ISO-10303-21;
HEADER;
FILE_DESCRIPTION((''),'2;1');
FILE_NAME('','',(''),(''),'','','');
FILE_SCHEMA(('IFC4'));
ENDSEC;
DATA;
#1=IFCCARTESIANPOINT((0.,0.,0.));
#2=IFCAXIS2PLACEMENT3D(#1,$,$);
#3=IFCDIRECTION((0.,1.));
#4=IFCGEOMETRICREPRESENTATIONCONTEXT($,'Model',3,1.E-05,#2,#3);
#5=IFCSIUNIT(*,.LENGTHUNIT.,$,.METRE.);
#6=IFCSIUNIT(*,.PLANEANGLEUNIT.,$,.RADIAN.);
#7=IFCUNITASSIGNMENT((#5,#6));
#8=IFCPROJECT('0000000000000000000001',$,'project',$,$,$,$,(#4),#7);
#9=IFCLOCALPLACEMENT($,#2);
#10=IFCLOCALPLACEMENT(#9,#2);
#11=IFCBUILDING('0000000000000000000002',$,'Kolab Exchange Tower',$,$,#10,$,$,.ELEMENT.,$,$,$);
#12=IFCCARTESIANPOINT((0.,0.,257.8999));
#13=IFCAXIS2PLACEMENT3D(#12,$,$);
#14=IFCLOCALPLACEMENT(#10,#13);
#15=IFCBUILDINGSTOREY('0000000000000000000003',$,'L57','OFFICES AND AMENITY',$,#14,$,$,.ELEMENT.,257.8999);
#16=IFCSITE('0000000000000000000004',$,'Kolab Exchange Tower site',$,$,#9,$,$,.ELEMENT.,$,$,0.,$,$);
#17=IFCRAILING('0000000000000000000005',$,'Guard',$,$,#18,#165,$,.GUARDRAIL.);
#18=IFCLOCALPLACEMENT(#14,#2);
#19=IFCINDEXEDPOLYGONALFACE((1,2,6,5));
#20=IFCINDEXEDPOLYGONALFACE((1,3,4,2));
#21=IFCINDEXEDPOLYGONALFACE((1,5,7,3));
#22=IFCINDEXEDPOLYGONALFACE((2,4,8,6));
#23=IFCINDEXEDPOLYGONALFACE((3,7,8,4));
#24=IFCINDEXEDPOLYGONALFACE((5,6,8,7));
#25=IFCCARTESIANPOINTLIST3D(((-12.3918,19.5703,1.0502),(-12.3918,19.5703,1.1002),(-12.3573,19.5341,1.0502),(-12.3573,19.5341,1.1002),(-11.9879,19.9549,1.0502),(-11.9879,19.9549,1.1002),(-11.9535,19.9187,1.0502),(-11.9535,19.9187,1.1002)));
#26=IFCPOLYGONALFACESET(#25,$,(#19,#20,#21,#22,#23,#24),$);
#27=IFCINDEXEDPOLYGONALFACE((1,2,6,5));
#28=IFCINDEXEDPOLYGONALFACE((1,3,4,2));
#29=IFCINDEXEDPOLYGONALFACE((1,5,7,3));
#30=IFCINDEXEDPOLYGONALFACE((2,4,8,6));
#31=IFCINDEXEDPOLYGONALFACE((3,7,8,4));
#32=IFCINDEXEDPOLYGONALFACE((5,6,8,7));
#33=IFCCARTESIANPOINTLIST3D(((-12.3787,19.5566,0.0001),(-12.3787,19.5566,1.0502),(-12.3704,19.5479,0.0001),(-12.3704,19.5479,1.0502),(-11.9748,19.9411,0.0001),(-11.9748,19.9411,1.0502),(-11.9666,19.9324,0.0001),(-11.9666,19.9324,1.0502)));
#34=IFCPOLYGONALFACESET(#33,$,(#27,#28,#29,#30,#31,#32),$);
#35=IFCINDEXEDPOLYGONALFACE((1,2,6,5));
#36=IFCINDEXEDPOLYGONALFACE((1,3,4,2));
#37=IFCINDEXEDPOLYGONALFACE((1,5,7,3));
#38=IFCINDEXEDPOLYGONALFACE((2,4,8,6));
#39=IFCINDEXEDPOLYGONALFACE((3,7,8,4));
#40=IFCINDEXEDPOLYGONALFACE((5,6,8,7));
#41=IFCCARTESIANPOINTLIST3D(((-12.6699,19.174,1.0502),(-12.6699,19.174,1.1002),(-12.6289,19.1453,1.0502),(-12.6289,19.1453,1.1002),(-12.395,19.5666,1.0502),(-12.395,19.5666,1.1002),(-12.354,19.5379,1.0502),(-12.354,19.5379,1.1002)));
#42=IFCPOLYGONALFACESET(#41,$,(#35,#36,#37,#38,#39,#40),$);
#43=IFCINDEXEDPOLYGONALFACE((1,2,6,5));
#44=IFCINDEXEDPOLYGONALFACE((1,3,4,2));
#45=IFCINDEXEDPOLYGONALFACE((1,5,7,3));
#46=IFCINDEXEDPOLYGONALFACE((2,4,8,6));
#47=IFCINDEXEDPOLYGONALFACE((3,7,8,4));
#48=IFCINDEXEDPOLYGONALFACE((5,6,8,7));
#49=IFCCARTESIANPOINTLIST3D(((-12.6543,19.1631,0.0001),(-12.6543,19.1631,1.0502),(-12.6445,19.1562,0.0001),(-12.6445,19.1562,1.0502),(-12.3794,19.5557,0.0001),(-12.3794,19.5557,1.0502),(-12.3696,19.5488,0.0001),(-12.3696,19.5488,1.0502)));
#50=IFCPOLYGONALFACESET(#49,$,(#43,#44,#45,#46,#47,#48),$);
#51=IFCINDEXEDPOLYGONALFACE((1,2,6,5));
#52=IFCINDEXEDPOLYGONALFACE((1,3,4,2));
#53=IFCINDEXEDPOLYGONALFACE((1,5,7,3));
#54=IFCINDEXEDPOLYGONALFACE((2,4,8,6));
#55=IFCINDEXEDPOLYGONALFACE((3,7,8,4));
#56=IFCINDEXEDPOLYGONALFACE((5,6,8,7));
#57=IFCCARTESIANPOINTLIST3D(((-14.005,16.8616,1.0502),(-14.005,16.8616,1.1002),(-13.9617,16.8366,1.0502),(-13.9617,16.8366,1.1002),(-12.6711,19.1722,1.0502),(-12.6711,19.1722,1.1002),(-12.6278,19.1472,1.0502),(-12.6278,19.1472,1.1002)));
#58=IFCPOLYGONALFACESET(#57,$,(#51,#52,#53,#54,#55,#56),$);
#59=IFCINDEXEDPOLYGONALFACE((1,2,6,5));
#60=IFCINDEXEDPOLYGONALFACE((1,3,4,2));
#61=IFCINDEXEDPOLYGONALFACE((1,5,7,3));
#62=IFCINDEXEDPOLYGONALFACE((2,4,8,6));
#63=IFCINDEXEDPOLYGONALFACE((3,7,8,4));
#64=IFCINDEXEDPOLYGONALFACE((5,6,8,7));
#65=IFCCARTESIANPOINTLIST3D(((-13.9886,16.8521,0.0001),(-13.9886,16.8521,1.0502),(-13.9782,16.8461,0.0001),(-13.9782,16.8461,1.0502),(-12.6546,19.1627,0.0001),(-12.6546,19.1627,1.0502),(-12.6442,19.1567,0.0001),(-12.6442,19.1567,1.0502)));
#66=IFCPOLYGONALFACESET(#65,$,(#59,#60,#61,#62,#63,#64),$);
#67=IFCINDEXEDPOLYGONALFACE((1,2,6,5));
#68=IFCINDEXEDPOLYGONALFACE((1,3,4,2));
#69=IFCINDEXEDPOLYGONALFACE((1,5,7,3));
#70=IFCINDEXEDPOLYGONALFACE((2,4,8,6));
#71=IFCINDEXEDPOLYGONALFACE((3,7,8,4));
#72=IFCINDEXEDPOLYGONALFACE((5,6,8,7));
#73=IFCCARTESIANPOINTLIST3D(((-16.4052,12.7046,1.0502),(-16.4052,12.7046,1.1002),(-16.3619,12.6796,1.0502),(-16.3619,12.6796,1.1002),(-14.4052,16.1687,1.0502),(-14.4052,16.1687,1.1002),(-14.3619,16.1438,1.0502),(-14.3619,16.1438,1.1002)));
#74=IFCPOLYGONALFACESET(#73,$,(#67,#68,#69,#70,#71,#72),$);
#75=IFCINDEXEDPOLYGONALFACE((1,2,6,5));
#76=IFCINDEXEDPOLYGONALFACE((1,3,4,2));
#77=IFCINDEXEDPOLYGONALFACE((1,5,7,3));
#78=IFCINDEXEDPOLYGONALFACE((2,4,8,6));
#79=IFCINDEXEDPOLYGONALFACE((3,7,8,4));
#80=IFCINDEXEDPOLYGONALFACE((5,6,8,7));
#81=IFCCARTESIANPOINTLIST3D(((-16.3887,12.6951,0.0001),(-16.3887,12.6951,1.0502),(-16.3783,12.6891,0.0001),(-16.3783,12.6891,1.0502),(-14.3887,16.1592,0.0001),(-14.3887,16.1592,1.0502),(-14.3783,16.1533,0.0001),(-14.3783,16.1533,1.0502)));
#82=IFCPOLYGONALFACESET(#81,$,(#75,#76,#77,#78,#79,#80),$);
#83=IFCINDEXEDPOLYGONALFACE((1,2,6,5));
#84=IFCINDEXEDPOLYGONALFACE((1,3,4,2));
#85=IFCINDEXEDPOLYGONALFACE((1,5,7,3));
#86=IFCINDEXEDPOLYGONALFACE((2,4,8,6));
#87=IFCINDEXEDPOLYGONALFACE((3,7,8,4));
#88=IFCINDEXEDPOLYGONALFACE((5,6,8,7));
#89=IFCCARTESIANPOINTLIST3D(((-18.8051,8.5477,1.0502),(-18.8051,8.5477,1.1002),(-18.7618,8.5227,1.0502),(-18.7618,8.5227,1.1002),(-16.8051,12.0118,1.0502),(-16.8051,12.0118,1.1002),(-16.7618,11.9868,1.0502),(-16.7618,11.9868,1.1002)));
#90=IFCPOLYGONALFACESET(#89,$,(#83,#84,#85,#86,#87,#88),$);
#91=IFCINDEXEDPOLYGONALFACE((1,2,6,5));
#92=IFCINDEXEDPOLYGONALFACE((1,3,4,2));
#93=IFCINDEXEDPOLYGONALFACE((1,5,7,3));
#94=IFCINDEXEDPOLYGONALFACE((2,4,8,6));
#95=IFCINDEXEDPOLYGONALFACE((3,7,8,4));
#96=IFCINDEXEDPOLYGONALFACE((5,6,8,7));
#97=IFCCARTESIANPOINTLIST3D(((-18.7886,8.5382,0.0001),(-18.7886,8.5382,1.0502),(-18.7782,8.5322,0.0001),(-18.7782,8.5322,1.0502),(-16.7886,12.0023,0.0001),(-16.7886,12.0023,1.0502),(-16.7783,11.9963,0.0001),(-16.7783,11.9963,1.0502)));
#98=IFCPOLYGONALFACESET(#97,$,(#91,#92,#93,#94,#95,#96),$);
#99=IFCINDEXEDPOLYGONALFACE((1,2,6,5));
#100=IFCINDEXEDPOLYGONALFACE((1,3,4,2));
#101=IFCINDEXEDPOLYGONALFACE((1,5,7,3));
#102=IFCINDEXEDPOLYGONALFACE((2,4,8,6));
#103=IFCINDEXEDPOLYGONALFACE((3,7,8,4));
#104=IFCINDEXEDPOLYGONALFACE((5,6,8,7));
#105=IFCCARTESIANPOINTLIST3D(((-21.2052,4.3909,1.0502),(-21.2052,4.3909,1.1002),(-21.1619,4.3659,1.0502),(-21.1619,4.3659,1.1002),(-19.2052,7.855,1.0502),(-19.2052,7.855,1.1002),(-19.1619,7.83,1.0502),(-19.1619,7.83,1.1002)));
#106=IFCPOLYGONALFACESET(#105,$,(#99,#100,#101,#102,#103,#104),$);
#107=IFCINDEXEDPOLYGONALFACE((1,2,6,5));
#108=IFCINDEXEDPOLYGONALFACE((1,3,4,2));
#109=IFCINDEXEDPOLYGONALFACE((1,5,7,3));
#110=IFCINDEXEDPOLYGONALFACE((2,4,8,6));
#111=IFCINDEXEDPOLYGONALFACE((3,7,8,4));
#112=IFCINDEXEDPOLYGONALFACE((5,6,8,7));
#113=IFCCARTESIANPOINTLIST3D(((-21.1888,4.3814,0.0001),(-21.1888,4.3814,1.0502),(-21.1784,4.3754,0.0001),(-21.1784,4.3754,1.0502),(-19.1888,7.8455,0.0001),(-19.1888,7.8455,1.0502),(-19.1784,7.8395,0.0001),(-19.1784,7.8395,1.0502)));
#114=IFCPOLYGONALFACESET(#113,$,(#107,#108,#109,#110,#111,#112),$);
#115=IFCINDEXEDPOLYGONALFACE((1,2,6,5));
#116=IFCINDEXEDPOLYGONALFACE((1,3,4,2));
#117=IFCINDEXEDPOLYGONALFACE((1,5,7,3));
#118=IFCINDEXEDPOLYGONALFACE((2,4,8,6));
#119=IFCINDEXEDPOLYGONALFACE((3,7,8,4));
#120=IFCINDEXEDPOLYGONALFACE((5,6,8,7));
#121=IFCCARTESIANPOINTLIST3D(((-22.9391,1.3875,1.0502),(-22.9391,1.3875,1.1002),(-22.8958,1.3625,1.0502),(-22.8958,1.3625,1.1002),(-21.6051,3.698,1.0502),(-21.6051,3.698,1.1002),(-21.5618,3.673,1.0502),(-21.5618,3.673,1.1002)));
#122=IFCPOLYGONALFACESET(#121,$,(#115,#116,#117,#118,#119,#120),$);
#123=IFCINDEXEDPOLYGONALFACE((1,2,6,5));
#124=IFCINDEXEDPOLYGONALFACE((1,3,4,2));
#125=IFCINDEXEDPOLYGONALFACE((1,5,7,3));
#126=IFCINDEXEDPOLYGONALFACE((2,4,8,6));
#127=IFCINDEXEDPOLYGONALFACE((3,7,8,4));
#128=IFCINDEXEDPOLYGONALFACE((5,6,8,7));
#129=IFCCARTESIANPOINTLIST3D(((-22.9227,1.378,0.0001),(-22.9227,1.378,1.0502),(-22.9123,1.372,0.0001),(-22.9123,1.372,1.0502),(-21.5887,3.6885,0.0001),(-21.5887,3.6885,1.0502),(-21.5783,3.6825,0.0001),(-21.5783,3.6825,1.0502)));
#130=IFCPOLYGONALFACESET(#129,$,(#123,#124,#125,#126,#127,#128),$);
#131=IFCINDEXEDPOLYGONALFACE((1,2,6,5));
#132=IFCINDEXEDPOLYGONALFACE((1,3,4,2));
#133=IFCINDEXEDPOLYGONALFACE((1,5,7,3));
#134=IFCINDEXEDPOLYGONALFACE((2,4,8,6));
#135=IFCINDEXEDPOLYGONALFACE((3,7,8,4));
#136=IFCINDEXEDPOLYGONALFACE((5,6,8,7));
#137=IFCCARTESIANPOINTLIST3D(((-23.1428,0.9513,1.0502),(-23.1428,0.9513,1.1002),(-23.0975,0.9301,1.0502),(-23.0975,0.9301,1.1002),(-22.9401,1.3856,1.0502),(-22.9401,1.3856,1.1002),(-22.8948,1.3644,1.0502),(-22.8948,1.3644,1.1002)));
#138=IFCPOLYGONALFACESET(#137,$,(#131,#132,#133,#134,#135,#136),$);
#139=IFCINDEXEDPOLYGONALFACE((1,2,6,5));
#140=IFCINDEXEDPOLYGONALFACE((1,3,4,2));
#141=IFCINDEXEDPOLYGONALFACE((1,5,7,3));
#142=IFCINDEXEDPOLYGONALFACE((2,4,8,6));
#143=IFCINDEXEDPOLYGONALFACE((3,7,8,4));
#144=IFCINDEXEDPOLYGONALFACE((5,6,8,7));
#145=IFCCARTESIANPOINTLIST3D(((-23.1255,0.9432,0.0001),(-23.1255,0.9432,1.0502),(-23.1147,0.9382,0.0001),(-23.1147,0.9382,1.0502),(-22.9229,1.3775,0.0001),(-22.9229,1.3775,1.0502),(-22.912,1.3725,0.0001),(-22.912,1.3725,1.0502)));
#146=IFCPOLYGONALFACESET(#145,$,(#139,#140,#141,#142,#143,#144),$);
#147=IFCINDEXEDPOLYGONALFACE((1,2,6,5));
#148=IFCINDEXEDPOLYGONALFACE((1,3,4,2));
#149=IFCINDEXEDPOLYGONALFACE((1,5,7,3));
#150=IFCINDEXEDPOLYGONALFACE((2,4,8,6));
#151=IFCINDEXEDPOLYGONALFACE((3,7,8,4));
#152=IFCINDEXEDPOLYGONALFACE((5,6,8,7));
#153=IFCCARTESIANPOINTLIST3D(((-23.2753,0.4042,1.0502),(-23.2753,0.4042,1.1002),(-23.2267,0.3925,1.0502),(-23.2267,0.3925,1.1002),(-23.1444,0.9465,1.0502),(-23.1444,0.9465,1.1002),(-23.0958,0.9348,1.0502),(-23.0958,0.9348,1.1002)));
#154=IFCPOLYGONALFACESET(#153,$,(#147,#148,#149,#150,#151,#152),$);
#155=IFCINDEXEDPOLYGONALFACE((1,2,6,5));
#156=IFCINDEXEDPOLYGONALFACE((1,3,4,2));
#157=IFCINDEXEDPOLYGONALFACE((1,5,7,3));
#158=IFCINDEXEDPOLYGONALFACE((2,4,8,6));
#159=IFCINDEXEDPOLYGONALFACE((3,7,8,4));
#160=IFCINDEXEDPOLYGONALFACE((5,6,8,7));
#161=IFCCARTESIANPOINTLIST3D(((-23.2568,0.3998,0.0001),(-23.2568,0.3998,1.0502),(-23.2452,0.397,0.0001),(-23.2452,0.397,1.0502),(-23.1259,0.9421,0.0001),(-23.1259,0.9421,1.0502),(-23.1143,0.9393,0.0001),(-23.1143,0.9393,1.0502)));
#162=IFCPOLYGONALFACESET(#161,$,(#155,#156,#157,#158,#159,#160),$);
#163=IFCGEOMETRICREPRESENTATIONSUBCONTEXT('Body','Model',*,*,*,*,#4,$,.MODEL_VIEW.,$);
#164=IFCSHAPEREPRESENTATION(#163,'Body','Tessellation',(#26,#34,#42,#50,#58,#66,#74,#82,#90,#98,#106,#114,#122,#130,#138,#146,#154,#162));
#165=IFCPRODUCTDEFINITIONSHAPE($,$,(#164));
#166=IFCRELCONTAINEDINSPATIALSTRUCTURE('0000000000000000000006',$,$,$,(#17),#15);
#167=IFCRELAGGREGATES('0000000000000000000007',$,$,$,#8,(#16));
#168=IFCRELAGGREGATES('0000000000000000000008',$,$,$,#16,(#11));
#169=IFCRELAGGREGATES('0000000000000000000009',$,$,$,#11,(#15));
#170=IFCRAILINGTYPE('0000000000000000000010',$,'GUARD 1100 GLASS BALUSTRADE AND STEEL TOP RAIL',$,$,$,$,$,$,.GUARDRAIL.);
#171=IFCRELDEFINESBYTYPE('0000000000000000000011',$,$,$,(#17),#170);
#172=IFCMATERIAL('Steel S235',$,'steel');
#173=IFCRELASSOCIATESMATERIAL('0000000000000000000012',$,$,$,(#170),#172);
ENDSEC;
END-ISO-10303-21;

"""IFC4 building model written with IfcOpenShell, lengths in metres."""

from ifc_helpers import new_model, si_unit, direction, frame, frame_2d, origin, origin_2d, place, context, subcontext, project, spatial, rectangle, extrude, material, type_object, element, save


model = new_model("IFC4")

# Units and contexts
model_context = context("Model", 3, precision=1e-05, world=origin(), true_north=direction((0.0, 1.0)))
body_context = subcontext(model_context, "Body", "Model", "MODEL_VIEW")
ifc_project = project(units=[si_unit("LENGTHUNIT", "METRE"), si_unit("PLANEANGLEUNIT", "RADIAN")], contexts=[model_context])

# Site, building, storey
site_placement = place(None, origin())
site = spatial("IfcSite", under=ifc_project, at=site_placement, Name="Kolab Exchange Tower site", CompositionType="ELEMENT", RefElevation=0.0)
building_placement = place(site_placement, origin())
building = spatial("IfcBuilding", under=site, at=building_placement, Name="Kolab Exchange Tower", CompositionType="ELEMENT")
storey_placement = place(building_placement, frame((0.0, 0.0, 257.8999)))
storey = spatial("IfcBuildingStorey", under=building, at=storey_placement, Name="L57", Description="OFFICES AND AMENITY", CompositionType="ELEMENT", Elevation=257.8999)

# Shared definitions
ifc_material_1 = material(Name="Steel S235", Category="steel")

# Railing
railing_type = type_object("IfcRailingType", Name="GUARD 1100 GLASS BALUSTRADE AND STEEL TOP RAIL", PredefinedType="GUARDRAIL", material=ifc_material_1)
railing_placement = place(storey_placement, frame((-11.9707, 19.9368, 0.0)))
element("IfcRailing", 1, at=railing_placement, inside=storey, type_object=railing_type, Name="Guard", PredefinedType="GUARDRAIL", context=body_context, shape_type="SweptSolid", body=[
    extrude(rectangle(XDim=0.05, YDim=0.05, at=origin_2d()), frame((0.0, 0.0, 1.0752), z_axis=(-0.72419, -0.689601, 0.0), x_axis=(0.689601, -0.72419, 0.0)), (0.0, 0.0, 1.0), 0.5576),
    extrude(rectangle(XDim=0.012, YDim=1.0501, at=frame_2d((0.0, 0.5251))), frame((0.0, 0.0, 0.0), z_axis=(-0.72419, -0.689601, 0.0), x_axis=(0.689601, -0.72419, 0.0)), (0.0, 0.0, 1.0), 0.5576),
    extrude(rectangle(XDim=0.05, YDim=0.05, at=origin_2d()), frame((-0.4038, -0.3845, 1.0752), z_axis=(-0.573599, -0.819136, 0.0), x_axis=(0.819136, -0.573599, 0.0)), (0.0, 0.0, 1.0), 0.4792),
    extrude(rectangle(XDim=0.012, YDim=1.0501, at=frame_2d((0.0, 0.5251))), frame((-0.4038, -0.3845, 0.0), z_axis=(-0.573599, -0.819136, 0.0), x_axis=(0.819136, -0.573599, 0.0)), (0.0, 0.0, 1.0), 0.4792),
    extrude(rectangle(XDim=0.05, YDim=0.05, at=origin_2d()), frame((-0.6787, -0.7771, 1.0752), z_axis=(-0.499997, -0.866027, 0.0), x_axis=(0.866027, -0.499997, 0.0)), (0.0, 0.0, 1.0), 2.668),
    extrude(rectangle(XDim=0.012, YDim=1.0501, at=frame_2d((0.0, 0.5251))), frame((-0.6787, -0.7771, 0.0), z_axis=(-0.499997, -0.866027, 0.0), x_axis=(0.866027, -0.499997, 0.0)), (0.0, 0.0, 1.0), 2.668),
    extrude(rectangle(XDim=0.05, YDim=0.05, at=origin_2d()), frame((-2.4128, -3.7805, 1.0752), z_axis=(-0.499999, -0.866026, 0.0), x_axis=(0.866026, -0.499999, 0.0)), (0.0, 0.0, 1.0), 4.0),
    extrude(rectangle(XDim=0.012, YDim=1.0501, at=frame_2d((0.0, 0.5251))), frame((-2.4128, -3.7805, 0.0), z_axis=(-0.499999, -0.866026, 0.0), x_axis=(0.866026, -0.499999, 0.0)), (0.0, 0.0, 1.0), 4.0),
    extrude(rectangle(XDim=0.05, YDim=0.05, at=origin_2d()), frame((-4.8127, -7.9375, 1.0752), z_axis=(-0.499999, -0.866026, 0.0), x_axis=(0.866026, -0.499999, 0.0)), (0.0, 0.0, 1.0), 4.0),
    extrude(rectangle(XDim=0.012, YDim=1.0501, at=frame_2d((0.0, 0.5251))), frame((-4.8127, -7.9375, 0.0), z_axis=(-0.499999, -0.866026, 0.0), x_axis=(0.866026, -0.499999, 0.0)), (0.0, 0.0, 1.0), 4.0),
    extrude(rectangle(XDim=0.05, YDim=0.05, at=origin_2d()), frame((-7.2129, -12.0942, 1.0752), z_axis=(-0.499999, -0.866026, 0.0), x_axis=(0.866026, -0.499999, 0.0)), (0.0, 0.0, 1.0), 4.0),
    extrude(rectangle(XDim=0.012, YDim=1.0501, at=frame_2d((0.0, 0.5251))), frame((-7.2129, -12.0942, 0.0), z_axis=(-0.499999, -0.866026, 0.0), x_axis=(0.866026, -0.499999, 0.0)), (0.0, 0.0, 1.0), 4.0),
    extrude(rectangle(XDim=0.05, YDim=0.05, at=origin_2d()), frame((-9.6128, -16.2512, 1.0752), z_axis=(-0.499997, -0.866027, 0.0), x_axis=(0.866027, -0.499997, 0.0)), (0.0, 0.0, 1.0), 2.668),
    extrude(rectangle(XDim=0.012, YDim=1.0501, at=frame_2d((0.0, 0.5251))), frame((-9.6128, -16.2512, 0.0), z_axis=(-0.499997, -0.866027, 0.0), x_axis=(0.866027, -0.499997, 0.0)), (0.0, 0.0, 1.0), 2.668),
    extrude(rectangle(XDim=0.05, YDim=0.05, at=origin_2d()), frame((-10.9468, -18.5618, 1.0752), z_axis=(-0.422802, -0.906222, 0.0), x_axis=(0.906222, -0.422802, 0.0)), (0.0, 0.0, 1.0), 0.4792),
    extrude(rectangle(XDim=0.012, YDim=1.0501, at=frame_2d((0.0, 0.5251))), frame((-10.9468, -18.5618, 0.0), z_axis=(-0.422802, -0.906222, 0.0), x_axis=(0.906222, -0.422802, 0.0)), (0.0, 0.0, 1.0), 0.4792),
    extrude(rectangle(XDim=0.05, YDim=0.05, at=origin_2d()), frame((-11.1494, -18.9961, 1.0752), z_axis=(-0.234598, -0.972093, 0.0), x_axis=(0.972093, -0.234598, 0.0)), (0.0, 0.0, 1.0), 0.5579),
    extrude(rectangle(XDim=0.012, YDim=1.0501, at=frame_2d((0.0, 0.5251))), frame((-11.1494, -18.9961, 0.0), z_axis=(-0.234598, -0.972093, 0.0), x_axis=(0.972093, -0.234598, 0.0)), (0.0, 0.0, 1.0), 0.5579),
])

save(model, "model.ifc")
